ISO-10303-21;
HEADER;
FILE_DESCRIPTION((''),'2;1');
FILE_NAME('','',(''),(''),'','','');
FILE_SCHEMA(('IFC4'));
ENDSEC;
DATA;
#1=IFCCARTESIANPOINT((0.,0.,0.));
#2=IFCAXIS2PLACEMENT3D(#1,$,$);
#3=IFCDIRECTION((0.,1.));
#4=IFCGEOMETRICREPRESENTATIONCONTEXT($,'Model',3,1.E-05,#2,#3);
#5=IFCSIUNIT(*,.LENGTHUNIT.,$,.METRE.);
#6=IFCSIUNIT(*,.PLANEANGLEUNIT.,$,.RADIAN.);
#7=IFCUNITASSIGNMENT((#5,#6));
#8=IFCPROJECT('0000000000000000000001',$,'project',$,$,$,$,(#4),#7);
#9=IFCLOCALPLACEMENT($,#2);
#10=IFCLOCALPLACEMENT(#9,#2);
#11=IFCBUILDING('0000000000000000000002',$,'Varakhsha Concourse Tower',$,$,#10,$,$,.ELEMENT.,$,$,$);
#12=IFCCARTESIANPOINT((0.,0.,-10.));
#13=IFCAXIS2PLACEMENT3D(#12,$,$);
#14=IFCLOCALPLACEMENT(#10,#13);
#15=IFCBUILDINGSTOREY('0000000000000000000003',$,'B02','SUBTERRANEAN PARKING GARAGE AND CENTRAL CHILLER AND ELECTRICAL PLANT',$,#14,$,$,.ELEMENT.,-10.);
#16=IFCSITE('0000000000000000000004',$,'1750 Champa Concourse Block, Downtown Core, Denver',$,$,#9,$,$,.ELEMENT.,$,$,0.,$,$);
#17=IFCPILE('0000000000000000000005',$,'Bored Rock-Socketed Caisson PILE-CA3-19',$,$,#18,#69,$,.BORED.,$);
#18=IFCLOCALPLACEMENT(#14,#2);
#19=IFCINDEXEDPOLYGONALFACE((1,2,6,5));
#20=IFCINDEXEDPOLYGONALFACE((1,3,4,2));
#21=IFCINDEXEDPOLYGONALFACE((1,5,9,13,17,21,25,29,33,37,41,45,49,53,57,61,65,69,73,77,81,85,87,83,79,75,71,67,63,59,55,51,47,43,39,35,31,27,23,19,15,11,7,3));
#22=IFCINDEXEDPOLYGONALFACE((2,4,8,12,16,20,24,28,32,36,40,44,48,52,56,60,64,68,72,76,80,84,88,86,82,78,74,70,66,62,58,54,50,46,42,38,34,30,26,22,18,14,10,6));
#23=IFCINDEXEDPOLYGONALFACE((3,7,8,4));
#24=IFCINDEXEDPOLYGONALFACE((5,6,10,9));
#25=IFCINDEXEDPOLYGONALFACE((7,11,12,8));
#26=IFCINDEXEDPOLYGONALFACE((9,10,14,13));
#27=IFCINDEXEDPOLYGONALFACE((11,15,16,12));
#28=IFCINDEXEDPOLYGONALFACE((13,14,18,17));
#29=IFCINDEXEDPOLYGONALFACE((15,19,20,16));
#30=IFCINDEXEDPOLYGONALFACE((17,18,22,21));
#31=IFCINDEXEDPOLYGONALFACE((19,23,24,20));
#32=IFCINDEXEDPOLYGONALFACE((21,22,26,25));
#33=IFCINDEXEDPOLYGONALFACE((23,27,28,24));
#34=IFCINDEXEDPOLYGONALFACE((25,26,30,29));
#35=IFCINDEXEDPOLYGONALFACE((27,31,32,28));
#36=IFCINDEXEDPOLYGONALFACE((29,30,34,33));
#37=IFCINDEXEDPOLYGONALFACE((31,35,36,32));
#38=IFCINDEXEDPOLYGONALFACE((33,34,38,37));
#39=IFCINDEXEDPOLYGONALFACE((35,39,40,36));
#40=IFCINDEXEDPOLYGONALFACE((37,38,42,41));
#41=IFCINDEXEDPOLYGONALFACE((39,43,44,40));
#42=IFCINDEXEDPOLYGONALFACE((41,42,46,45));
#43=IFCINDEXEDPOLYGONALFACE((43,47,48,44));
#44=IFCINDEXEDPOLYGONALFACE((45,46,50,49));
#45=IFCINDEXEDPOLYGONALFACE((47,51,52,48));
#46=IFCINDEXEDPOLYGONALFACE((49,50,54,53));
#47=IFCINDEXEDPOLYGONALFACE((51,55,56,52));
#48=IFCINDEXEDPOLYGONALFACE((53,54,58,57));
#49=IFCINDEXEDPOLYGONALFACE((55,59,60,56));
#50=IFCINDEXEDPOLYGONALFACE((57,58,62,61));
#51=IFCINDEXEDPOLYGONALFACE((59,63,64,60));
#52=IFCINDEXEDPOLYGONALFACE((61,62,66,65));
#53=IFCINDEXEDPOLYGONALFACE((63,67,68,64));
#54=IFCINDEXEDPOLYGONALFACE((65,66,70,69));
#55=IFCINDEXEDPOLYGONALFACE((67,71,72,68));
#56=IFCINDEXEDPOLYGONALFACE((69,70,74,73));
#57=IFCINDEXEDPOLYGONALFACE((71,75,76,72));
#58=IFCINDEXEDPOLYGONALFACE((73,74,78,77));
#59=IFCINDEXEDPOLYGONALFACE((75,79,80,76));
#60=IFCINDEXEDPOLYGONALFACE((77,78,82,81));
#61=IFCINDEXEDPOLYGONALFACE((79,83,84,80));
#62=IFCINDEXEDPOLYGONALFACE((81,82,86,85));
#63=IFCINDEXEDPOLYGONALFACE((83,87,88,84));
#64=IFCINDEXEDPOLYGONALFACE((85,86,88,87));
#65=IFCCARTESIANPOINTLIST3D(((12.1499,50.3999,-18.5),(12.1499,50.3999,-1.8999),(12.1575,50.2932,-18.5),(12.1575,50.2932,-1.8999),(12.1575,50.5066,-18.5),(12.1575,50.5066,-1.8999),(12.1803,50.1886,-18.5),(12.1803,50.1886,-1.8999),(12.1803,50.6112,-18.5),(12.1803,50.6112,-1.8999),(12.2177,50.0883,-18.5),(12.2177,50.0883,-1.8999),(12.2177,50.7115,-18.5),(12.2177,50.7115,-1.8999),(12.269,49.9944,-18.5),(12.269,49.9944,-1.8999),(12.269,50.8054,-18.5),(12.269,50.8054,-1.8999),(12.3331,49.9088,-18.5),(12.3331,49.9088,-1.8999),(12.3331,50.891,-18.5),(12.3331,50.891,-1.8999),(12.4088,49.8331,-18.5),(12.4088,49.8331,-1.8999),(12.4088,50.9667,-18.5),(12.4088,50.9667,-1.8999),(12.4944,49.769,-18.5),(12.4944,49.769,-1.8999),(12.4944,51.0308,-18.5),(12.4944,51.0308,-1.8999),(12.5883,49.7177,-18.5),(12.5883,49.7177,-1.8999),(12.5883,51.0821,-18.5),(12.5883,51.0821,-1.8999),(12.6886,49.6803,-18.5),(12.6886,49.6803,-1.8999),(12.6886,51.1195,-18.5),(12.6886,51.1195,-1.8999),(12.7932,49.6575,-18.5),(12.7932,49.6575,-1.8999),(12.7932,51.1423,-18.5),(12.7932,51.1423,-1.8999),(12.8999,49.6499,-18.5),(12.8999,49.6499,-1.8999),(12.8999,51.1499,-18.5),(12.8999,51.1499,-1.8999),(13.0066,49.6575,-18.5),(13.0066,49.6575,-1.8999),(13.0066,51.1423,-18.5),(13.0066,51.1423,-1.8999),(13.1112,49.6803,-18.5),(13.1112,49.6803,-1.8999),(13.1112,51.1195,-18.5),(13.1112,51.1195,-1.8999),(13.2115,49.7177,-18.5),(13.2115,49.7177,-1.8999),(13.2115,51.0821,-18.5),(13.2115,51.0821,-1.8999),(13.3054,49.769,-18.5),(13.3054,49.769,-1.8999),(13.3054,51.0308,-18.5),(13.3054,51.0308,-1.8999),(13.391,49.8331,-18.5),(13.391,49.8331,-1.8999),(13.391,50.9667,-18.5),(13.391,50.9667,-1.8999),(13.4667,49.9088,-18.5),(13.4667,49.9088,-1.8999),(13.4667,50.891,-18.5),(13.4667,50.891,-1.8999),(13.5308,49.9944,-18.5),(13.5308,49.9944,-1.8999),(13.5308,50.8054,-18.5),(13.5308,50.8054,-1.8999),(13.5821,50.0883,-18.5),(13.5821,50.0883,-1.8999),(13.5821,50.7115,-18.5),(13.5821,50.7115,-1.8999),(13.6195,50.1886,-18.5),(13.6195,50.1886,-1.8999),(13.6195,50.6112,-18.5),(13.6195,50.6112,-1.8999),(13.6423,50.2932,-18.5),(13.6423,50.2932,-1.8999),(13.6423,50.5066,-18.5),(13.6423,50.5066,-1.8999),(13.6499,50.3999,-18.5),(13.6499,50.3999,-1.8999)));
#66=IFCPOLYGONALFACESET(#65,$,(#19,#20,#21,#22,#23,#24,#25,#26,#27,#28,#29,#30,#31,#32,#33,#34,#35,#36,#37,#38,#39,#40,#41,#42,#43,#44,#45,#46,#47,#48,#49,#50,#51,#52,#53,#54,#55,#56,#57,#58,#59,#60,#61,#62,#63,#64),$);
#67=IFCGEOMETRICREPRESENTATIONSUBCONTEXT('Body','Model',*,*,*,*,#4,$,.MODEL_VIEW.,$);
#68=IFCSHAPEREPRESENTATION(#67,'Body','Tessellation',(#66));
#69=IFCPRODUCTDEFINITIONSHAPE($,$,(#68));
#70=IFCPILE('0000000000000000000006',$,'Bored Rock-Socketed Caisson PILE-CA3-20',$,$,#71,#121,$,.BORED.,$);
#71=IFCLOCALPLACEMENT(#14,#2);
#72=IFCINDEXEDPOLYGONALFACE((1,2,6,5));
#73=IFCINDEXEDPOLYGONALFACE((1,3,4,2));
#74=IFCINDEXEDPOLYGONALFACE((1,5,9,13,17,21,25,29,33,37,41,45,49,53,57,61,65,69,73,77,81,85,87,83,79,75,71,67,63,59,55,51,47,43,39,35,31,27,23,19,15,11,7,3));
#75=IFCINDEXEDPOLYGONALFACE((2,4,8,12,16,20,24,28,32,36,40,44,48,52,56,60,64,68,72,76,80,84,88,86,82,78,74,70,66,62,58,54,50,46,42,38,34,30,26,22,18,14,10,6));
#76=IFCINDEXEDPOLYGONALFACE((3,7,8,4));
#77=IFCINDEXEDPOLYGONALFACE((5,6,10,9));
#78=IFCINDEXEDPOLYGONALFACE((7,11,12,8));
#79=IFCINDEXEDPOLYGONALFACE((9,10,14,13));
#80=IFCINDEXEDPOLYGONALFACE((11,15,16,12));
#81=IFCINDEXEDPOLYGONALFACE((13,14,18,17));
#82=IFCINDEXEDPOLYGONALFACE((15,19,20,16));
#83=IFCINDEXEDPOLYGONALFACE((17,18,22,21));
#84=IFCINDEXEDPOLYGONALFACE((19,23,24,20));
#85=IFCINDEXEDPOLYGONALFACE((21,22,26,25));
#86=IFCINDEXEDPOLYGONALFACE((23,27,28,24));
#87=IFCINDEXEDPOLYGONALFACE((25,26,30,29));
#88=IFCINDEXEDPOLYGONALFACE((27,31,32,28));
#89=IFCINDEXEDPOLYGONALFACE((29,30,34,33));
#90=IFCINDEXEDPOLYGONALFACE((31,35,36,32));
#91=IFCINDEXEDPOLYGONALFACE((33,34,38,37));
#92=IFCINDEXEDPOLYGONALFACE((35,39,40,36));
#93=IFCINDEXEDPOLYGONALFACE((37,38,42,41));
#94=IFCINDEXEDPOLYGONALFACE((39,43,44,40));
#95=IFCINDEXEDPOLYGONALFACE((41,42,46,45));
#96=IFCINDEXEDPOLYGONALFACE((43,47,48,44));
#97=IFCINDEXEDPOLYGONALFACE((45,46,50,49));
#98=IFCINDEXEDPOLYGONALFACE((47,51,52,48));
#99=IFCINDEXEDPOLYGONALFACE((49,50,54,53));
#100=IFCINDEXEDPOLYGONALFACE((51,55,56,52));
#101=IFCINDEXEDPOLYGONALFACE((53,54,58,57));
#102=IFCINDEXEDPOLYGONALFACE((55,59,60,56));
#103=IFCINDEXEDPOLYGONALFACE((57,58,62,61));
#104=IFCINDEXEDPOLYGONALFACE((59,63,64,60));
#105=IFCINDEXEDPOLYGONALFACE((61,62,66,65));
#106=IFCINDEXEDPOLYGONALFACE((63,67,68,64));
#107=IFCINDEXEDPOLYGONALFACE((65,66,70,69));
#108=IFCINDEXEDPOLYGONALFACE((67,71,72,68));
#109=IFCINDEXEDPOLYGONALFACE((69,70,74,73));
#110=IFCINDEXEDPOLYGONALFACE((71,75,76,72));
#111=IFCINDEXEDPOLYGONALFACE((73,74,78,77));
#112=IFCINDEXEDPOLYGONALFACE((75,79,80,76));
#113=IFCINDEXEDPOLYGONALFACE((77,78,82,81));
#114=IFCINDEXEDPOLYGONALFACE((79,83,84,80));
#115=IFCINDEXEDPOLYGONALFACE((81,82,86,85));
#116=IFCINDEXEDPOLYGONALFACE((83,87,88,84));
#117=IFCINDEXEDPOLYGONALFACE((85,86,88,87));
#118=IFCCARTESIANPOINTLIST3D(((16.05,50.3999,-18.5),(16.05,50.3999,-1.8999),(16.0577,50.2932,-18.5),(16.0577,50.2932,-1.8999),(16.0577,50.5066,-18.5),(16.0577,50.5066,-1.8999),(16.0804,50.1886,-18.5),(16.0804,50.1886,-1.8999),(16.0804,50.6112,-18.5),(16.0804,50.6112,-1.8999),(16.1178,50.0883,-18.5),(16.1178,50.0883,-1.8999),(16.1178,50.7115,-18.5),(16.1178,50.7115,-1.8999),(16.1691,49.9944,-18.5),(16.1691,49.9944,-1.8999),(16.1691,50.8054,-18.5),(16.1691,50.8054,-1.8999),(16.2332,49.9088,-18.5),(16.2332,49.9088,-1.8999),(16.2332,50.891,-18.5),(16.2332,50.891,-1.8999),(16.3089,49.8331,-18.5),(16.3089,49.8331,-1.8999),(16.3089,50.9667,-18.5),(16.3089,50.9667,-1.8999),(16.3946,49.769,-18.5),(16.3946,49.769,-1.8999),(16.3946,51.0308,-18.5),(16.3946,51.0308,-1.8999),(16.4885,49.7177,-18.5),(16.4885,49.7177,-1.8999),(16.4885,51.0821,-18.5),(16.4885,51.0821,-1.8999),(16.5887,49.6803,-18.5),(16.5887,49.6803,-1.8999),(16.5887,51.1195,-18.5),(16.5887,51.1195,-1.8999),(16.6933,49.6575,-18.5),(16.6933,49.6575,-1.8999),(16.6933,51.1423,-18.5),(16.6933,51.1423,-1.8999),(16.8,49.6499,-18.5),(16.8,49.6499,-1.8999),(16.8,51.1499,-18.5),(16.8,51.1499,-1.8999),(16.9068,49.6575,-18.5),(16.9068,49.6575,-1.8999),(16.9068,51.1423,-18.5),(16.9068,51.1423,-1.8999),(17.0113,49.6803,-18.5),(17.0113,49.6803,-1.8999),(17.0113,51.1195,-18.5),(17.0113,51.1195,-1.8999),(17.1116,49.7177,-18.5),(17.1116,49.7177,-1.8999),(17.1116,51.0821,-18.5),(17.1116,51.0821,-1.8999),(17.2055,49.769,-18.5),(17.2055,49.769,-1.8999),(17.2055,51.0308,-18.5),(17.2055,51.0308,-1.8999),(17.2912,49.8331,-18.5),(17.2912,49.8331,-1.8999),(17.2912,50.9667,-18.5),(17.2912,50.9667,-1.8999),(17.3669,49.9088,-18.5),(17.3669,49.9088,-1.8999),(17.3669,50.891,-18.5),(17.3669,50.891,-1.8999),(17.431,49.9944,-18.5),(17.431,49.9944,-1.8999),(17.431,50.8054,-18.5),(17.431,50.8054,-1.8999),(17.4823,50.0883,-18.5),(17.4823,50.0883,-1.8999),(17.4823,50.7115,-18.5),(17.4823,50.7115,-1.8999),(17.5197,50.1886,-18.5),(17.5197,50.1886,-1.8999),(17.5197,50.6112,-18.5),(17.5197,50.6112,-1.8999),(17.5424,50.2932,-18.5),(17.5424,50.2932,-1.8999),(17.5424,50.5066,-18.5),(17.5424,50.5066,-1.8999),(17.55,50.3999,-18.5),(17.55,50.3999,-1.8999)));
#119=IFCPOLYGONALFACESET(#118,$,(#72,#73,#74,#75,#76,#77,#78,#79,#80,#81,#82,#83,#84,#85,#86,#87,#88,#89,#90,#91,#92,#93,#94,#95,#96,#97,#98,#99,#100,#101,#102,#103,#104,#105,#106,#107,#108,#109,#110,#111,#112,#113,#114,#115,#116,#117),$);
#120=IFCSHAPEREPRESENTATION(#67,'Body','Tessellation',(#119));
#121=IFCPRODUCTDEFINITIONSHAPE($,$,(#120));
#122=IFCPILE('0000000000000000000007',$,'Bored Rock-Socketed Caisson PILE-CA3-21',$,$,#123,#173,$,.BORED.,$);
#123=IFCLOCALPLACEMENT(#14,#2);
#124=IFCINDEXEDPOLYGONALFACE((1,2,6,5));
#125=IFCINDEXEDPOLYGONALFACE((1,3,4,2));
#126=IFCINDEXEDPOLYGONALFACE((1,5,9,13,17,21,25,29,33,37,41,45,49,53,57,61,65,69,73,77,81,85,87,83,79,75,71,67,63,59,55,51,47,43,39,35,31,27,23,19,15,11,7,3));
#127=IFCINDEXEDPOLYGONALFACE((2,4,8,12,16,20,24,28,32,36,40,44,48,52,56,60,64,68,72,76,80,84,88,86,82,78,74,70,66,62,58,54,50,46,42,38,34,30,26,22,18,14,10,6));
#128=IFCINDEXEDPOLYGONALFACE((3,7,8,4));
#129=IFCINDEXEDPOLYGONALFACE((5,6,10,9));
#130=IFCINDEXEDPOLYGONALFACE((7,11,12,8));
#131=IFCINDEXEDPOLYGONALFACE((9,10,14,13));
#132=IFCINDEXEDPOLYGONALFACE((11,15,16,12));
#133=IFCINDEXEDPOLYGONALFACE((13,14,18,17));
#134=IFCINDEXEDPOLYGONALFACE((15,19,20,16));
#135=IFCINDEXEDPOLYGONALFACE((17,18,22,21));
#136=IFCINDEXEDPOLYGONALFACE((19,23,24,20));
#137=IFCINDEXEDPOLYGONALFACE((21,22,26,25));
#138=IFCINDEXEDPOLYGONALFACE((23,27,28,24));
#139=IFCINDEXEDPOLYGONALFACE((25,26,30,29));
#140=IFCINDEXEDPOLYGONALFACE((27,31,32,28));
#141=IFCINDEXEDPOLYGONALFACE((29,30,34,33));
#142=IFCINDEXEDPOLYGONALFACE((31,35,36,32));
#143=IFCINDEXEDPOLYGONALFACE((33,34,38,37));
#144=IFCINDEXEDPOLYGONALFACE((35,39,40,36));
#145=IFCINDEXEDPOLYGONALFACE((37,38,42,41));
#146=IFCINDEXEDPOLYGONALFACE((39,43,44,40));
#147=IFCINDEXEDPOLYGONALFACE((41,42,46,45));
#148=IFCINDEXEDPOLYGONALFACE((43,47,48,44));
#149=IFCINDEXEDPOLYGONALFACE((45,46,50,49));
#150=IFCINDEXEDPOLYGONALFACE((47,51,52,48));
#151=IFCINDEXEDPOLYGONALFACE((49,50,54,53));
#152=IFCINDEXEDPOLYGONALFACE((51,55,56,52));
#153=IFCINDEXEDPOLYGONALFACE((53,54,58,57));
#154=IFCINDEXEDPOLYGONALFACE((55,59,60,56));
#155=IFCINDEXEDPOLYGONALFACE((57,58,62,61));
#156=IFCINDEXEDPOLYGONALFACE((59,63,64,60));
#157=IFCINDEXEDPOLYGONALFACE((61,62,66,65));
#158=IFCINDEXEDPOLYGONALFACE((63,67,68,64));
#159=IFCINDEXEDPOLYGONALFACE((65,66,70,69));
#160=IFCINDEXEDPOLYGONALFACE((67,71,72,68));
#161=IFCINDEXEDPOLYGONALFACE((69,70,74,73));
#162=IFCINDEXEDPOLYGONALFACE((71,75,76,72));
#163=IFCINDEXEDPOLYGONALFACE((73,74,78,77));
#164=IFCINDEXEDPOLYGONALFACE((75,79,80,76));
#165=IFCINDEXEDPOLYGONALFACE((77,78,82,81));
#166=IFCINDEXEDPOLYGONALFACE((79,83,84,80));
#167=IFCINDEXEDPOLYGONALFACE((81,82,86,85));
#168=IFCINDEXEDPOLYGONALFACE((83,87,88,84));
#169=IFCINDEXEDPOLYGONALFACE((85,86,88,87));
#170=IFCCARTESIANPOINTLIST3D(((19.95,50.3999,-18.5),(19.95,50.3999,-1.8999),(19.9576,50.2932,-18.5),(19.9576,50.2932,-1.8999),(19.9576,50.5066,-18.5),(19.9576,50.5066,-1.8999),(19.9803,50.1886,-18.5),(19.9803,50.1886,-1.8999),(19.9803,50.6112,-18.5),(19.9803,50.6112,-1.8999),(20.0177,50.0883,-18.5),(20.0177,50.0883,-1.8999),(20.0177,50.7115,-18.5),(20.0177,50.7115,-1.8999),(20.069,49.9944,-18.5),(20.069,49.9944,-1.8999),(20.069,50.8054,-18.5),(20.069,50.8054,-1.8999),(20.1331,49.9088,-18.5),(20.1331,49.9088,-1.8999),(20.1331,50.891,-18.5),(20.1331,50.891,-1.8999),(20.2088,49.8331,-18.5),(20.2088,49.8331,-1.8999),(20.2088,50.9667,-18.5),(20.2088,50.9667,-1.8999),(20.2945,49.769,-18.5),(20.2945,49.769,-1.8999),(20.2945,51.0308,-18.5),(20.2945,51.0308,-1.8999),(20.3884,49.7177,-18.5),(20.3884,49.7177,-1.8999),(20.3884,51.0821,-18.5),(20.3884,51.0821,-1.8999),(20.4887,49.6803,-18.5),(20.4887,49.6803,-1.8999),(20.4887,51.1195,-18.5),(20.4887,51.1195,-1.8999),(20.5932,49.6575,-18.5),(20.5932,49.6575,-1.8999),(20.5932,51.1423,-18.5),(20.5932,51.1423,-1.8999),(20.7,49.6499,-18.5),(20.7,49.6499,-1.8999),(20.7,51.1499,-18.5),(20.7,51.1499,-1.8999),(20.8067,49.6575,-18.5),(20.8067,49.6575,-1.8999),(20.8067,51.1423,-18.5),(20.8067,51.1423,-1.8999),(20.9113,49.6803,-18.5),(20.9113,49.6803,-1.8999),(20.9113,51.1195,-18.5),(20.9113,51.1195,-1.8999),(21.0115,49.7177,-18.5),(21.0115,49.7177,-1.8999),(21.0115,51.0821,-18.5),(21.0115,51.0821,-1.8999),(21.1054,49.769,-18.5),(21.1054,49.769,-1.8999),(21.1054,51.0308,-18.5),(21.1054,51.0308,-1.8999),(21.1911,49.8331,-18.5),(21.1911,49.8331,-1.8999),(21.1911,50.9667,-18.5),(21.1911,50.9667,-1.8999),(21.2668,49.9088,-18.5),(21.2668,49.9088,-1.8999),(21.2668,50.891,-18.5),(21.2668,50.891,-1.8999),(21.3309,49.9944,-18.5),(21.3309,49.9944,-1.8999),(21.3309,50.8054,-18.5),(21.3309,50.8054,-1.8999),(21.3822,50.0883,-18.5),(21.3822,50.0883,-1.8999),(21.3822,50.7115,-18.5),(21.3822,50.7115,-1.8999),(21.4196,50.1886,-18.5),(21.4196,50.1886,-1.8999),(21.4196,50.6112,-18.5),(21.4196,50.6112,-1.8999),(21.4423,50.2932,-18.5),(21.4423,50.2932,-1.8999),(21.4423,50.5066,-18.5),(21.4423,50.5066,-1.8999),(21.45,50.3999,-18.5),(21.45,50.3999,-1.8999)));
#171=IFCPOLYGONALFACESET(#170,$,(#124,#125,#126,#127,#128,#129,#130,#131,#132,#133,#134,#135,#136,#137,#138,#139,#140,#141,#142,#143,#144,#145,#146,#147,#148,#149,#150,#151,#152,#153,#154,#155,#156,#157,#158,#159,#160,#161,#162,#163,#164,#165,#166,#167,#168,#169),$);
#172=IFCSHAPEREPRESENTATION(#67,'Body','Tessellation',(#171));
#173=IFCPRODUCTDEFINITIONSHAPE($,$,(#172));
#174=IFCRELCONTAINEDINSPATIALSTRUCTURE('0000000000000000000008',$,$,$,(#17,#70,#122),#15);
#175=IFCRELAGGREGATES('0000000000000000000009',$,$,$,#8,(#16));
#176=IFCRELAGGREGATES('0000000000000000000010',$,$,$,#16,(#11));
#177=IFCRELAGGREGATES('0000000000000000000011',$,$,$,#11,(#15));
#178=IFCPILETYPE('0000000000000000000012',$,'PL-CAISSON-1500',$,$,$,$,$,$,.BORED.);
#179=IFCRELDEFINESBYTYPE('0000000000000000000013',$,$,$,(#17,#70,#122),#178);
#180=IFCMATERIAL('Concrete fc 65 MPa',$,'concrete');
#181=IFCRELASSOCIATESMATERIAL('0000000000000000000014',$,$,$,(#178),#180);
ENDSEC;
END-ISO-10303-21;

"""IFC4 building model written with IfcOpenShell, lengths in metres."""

from ifc_helpers import new_model, si_unit, direction, frame, origin, origin_2d, place, context, subcontext, project, spatial, circle, extrude, material, material_profile, profile_set, type_object, element, save


model = new_model("IFC4")

# Units and contexts
model_context = context("Model", 3, precision=1e-05, world=origin(), true_north=direction((0.0, 1.0)))
body_context = subcontext(model_context, "Body", "Model", "MODEL_VIEW")
ifc_project = project(units=[si_unit("LENGTHUNIT", "METRE"), si_unit("PLANEANGLEUNIT", "RADIAN")], contexts=[model_context])

# Site, building, storey
site_placement = place(None, origin())
site = spatial("IfcSite", under=ifc_project, at=site_placement, Name="1750 Champa Concourse Block, Downtown Core, Denver", CompositionType="ELEMENT", RefElevation=0.0)
building_placement = place(site_placement, origin())
building = spatial("IfcBuilding", under=site, at=building_placement, Name="Varakhsha Concourse Tower", CompositionType="ELEMENT")
storey_placement = place(building_placement, frame((0.0, 0.0, -10.0)))
storey = spatial("IfcBuildingStorey", under=building, at=storey_placement, Name="B02", Description="SUBTERRANEAN PARKING GARAGE AND CENTRAL CHILLER AND ELECTRICAL PLANT", CompositionType="ELEMENT", Elevation=-10.0)

# Piles
ifc_material_1 = material(Name="Concrete fc 65 MPa", Category="concrete")
ifc_material_profile_1 = material_profile(ifc_material_1, circle(Radius=0.75, at=origin_2d()), Name="CAISSON D1500")
ifc_profile_set_1 = profile_set([ifc_material_profile_1], Name="Concrete fc 65 MPa")
pile_type_1 = type_object("IfcPileType", Name="PL-CAISSON-1500", PredefinedType="BORED", material=ifc_profile_set_1)
for number, where, z_axis, x_axis, name in (
    (1, (12.8999, 50.3999, -1.8999), (0.0, 0.0, -1.0), (1.0, 0.0, 0.0), "Bored Rock-Socketed Caisson PILE-CA3-19"),
    (2, (16.8, 50.3999, -1.8999), (0.0, 0.0, -1.0), (1.0, 0.0, 0.0), "Bored Rock-Socketed Caisson PILE-CA3-20"),
    (3, (20.7, 50.3999, -1.8999), (0.0, 0.0, -1.0), (1.0, 0.0, 0.0), "Bored Rock-Socketed Caisson PILE-CA3-21"),
):
    element("IfcPile", number, at=place(storey_placement, frame(where, z_axis=z_axis, x_axis=x_axis)), inside=storey, type_object=pile_type_1, Name=name, PredefinedType="BORED", context=body_context, shape_type="SweptSolid", body=[
        extrude(circle(Radius=0.75, at=origin_2d()), origin(), (0.0, 0.0, 1.0), 16.6001),
    ])

save(model, "model.ifc")
